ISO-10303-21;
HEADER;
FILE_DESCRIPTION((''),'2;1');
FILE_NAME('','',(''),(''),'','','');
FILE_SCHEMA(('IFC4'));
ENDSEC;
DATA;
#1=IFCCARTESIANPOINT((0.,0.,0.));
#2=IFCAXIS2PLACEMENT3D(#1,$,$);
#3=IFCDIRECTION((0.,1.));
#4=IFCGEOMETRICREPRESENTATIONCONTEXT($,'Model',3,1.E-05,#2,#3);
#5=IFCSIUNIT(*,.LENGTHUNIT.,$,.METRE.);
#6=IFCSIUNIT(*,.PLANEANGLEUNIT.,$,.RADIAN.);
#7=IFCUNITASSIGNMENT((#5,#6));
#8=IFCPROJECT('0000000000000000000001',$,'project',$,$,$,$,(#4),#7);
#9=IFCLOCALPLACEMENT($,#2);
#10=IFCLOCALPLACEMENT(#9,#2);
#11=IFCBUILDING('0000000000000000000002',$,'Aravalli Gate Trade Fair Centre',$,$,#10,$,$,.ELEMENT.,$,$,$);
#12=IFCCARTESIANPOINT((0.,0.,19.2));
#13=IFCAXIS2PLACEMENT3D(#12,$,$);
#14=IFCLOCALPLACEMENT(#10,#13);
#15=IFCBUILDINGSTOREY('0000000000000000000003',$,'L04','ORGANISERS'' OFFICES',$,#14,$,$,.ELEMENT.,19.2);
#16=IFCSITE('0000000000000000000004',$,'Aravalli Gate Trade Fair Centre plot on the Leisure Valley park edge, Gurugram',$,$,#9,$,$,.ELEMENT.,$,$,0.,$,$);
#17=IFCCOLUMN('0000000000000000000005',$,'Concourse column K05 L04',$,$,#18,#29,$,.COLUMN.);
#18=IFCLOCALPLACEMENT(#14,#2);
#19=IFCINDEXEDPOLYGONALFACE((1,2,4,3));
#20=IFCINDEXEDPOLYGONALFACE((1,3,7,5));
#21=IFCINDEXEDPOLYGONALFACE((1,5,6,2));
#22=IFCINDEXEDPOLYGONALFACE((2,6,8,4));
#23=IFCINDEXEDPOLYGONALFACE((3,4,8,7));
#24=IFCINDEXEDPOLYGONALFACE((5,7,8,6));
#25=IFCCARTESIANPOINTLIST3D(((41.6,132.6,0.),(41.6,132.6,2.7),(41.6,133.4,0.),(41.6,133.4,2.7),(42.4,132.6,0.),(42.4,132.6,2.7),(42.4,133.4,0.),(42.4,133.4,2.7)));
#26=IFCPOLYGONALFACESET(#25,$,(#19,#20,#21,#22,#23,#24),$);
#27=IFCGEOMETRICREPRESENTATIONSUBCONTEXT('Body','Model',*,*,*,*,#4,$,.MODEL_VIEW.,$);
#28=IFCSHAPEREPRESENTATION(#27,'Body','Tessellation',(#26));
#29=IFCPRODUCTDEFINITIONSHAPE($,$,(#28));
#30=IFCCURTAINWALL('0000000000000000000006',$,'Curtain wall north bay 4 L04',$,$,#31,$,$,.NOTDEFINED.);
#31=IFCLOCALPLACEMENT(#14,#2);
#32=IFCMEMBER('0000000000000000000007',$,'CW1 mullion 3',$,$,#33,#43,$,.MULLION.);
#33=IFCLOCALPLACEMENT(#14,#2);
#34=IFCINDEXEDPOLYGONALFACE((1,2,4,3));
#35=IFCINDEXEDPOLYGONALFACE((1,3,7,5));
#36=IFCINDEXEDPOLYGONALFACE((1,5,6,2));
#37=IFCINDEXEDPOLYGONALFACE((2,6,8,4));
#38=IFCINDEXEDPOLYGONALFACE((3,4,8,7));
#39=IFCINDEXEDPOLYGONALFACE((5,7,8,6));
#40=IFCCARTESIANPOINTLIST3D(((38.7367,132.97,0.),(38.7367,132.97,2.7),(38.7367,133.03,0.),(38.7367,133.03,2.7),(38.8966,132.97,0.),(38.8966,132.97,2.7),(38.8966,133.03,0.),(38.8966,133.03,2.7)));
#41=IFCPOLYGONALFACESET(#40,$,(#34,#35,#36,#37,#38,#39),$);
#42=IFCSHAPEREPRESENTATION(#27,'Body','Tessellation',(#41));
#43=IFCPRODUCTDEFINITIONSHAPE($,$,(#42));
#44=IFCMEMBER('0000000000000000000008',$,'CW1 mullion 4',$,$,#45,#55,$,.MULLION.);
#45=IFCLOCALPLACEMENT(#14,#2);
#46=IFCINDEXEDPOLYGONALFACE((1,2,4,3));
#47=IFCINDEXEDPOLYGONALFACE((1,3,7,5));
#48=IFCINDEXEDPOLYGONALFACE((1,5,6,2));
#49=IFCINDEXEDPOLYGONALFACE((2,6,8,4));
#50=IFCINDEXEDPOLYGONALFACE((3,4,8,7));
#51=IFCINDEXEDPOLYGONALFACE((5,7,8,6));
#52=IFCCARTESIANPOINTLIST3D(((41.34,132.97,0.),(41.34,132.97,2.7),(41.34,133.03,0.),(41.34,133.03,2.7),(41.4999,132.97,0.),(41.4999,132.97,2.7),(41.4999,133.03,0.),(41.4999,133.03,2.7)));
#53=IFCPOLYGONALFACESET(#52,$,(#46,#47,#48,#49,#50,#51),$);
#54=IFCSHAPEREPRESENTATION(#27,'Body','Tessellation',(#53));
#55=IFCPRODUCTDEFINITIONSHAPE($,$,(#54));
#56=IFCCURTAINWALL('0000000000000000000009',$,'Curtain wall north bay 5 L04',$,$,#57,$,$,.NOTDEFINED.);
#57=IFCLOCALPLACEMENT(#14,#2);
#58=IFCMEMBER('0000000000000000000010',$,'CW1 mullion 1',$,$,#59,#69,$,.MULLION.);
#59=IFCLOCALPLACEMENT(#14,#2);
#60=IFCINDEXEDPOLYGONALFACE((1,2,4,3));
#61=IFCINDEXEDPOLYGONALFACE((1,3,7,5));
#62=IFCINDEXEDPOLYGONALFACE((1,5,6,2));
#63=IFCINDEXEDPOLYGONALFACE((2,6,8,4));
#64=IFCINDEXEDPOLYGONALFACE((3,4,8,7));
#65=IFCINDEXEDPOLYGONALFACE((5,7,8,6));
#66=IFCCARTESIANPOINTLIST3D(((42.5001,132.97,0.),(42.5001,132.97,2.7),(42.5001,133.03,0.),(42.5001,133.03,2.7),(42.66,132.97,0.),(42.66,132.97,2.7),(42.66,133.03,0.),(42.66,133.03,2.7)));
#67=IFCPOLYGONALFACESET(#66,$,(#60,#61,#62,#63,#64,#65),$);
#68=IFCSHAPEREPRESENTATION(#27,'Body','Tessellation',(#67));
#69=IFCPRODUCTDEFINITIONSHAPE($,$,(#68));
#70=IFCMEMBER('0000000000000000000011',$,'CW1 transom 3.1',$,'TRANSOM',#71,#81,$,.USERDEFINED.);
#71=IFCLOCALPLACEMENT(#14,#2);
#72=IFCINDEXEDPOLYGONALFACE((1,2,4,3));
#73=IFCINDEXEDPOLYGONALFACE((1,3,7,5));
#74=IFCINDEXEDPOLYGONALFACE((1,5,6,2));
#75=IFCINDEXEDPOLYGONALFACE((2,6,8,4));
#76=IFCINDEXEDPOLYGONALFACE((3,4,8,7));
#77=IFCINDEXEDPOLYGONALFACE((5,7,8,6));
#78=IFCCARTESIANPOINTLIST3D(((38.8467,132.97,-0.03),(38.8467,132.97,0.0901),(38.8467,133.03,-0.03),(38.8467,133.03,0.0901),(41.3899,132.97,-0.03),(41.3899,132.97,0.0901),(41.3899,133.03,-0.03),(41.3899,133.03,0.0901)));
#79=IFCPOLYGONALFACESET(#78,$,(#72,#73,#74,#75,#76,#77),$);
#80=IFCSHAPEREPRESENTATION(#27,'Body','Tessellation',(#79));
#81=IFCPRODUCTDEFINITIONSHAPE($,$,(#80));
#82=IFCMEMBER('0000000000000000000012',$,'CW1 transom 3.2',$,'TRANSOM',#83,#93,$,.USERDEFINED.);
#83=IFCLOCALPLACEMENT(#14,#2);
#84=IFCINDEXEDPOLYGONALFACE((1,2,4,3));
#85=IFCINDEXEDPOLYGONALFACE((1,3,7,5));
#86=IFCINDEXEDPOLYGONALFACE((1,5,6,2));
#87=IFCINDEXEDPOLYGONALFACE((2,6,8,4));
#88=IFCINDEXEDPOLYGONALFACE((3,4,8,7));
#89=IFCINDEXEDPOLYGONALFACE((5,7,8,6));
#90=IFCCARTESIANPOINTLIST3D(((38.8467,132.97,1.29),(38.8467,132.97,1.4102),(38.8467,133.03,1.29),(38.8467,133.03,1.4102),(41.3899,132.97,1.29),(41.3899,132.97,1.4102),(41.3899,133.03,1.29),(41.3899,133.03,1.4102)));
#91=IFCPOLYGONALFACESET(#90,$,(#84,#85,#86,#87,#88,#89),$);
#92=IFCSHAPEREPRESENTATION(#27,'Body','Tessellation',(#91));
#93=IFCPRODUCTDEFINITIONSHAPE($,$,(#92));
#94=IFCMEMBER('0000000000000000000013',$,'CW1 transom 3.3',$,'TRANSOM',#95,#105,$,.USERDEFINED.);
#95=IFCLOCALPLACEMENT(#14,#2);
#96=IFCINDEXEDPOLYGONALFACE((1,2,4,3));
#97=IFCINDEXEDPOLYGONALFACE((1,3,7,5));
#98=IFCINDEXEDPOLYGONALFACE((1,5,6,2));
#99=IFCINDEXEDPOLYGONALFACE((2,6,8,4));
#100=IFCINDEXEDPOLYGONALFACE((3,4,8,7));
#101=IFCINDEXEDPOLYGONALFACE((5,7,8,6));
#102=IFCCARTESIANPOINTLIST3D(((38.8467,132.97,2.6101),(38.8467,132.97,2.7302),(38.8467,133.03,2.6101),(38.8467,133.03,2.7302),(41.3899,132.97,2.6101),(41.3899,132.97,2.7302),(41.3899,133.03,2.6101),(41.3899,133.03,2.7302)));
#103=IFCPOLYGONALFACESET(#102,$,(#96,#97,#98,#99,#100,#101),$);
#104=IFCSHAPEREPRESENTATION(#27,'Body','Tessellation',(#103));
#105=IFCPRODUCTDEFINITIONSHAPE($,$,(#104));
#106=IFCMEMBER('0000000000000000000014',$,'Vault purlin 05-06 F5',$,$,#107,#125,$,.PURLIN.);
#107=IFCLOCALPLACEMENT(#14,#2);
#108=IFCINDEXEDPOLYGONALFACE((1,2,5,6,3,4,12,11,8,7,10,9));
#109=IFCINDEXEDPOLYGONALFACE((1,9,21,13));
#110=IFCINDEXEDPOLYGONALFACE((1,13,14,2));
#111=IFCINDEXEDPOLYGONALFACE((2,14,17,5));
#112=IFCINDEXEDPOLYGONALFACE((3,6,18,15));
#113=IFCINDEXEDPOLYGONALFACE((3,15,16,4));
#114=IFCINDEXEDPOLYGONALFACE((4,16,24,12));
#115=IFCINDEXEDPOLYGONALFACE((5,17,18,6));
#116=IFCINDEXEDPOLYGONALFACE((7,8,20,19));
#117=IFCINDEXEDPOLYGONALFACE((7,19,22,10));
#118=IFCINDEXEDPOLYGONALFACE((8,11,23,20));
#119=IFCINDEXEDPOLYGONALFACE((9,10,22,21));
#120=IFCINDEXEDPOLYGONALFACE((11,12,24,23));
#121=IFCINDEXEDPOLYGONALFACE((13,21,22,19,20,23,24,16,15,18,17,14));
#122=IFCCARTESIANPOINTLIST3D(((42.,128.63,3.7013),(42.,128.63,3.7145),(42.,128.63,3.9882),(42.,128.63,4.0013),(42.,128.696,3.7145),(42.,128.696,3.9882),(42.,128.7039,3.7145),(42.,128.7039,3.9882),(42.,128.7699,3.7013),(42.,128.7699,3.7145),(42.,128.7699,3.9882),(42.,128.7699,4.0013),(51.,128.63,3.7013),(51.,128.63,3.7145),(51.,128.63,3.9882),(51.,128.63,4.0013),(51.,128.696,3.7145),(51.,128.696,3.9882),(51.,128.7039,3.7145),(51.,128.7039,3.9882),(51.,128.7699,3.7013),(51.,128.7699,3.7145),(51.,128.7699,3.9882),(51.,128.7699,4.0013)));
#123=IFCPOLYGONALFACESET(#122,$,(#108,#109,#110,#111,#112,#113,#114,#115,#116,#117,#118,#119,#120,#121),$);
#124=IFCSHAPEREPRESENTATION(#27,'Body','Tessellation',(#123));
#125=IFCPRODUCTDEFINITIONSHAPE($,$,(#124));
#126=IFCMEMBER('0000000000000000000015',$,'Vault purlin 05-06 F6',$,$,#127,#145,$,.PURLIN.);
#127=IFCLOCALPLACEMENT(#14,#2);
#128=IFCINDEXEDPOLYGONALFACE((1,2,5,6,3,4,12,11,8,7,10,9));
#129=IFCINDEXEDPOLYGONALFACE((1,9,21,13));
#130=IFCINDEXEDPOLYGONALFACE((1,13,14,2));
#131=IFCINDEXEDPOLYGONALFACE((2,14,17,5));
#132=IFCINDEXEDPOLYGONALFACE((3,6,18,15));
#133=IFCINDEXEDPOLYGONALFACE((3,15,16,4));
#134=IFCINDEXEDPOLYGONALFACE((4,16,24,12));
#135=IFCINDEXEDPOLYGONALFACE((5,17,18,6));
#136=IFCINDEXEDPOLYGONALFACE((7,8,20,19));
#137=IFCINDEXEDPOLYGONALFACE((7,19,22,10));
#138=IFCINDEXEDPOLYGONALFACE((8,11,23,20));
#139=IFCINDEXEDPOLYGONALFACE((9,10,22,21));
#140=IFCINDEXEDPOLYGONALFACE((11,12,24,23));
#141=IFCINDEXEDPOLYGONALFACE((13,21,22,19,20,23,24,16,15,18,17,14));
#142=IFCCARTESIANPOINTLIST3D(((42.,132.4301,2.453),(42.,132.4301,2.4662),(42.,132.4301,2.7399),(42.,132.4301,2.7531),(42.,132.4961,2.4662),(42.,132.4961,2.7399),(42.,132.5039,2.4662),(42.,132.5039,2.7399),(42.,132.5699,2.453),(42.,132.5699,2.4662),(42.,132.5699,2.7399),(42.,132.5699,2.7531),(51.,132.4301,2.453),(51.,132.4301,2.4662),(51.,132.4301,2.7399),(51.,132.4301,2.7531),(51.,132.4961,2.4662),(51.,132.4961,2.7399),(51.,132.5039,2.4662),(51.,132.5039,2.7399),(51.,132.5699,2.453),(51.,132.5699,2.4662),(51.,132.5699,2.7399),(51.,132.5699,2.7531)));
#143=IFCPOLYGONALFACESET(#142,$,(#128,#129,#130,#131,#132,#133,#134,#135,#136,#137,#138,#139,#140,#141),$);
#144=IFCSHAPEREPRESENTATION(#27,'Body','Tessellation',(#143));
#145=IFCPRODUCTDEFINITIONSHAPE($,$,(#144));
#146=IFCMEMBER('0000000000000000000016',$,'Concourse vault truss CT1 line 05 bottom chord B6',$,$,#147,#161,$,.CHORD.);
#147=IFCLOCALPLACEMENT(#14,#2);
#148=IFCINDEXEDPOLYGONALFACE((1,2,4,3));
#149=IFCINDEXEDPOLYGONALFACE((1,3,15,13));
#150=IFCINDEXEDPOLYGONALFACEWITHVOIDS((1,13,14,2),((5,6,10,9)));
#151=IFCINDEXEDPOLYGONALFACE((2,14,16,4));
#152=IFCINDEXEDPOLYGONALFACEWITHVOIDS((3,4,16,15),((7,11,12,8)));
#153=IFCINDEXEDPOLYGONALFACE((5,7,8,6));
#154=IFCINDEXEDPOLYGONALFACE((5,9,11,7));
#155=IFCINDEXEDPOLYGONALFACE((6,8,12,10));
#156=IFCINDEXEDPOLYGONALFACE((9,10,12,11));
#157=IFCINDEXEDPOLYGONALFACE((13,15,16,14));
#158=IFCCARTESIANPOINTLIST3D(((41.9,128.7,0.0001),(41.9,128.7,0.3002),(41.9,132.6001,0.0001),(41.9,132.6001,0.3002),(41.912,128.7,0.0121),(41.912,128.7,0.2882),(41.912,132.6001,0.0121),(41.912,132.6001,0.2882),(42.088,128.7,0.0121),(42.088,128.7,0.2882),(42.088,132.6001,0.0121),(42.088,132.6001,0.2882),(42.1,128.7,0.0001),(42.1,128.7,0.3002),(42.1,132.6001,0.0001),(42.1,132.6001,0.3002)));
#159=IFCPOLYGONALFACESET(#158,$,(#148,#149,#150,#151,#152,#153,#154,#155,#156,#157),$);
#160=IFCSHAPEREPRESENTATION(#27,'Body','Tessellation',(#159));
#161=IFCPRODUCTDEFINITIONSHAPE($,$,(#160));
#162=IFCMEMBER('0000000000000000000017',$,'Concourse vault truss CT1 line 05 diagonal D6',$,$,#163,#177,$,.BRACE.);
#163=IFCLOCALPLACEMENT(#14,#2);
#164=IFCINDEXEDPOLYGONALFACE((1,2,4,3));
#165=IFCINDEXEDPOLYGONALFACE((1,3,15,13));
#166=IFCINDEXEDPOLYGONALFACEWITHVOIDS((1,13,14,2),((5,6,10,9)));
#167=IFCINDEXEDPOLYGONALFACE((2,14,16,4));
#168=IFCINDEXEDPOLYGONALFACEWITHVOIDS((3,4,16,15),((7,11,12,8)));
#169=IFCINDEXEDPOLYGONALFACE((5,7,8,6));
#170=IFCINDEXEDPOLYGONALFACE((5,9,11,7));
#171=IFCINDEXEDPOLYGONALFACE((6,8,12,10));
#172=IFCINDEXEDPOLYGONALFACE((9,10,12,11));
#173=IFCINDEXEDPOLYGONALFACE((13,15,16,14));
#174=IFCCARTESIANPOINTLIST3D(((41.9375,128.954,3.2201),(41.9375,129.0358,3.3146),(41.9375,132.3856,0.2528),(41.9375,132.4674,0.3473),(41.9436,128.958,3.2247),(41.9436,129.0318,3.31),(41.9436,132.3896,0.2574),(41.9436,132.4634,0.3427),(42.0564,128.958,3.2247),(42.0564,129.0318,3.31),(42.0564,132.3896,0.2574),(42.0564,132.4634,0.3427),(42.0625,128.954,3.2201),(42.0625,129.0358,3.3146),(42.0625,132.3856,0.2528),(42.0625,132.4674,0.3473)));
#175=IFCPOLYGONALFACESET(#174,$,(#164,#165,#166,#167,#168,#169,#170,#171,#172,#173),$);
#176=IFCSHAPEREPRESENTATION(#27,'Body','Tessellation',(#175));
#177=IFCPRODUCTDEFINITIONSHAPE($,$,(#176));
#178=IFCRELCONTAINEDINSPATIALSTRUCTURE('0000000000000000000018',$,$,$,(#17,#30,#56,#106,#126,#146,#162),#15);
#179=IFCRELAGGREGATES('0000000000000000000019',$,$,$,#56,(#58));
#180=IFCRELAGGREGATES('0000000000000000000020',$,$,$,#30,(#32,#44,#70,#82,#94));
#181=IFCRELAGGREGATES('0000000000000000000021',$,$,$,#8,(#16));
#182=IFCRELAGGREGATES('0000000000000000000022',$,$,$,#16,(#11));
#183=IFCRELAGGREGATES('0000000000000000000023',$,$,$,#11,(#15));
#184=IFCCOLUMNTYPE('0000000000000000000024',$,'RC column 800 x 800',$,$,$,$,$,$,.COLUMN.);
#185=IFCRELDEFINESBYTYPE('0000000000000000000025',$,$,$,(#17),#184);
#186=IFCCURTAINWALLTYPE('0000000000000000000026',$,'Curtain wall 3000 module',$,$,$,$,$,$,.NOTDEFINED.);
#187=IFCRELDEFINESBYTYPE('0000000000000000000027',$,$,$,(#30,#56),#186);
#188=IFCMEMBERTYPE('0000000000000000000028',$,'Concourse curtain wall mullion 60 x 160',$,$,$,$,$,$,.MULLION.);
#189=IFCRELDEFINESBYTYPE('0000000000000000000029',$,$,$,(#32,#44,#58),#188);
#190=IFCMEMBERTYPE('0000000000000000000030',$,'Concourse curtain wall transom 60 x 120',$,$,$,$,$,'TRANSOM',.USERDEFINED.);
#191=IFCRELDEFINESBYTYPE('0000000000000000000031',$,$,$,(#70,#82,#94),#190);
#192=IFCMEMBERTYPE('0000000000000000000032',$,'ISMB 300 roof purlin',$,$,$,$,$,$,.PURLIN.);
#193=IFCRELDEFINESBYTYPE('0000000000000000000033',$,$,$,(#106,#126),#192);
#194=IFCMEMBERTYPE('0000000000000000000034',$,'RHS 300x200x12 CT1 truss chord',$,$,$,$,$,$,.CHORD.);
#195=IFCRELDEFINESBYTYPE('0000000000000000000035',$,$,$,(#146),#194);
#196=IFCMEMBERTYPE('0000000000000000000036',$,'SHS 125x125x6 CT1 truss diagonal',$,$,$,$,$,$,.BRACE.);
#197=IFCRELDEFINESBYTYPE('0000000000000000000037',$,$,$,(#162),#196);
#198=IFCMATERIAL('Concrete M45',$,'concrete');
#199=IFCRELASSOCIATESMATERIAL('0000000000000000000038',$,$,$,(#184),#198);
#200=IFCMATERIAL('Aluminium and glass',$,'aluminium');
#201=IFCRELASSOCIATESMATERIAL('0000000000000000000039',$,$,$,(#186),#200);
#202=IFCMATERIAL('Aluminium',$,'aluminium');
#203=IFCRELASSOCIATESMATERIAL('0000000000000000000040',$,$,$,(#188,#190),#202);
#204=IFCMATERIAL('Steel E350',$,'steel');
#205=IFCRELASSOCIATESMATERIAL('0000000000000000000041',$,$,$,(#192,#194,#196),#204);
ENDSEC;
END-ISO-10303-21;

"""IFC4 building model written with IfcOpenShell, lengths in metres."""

from ifc_helpers import new_model, si_unit, direction, frame, origin, origin_2d, place, context, subcontext, project, spatial, rectangle, hollow_rectangle, i_section, extrude, material, material_profile, profile_set, type_object, element, aggregate, save


model = new_model("IFC4")

# Units and contexts
model_context = context("Model", 3, precision=1e-05, world=origin(), true_north=direction((0.0, 1.0)))
body_context = subcontext(model_context, "Body", "Model", "MODEL_VIEW")
ifc_project = project(units=[si_unit("LENGTHUNIT", "METRE"), si_unit("PLANEANGLEUNIT", "RADIAN")], contexts=[model_context])

# Site, building, storey
site_placement = place(None, origin())
site = spatial("IfcSite", under=ifc_project, at=site_placement, Name="Aravalli Gate Trade Fair Centre plot on the Leisure Valley park edge, Gurugram", CompositionType="ELEMENT", RefElevation=0.0)
building_placement = place(site_placement, origin())
building = spatial("IfcBuilding", under=site, at=building_placement, Name="Aravalli Gate Trade Fair Centre", CompositionType="ELEMENT")
storey_placement = place(building_placement, frame((0.0, 0.0, 19.2)))
storey = spatial("IfcBuildingStorey", under=building, at=storey_placement, Name="L04", Description="ORGANISERS' OFFICES", CompositionType="ELEMENT", Elevation=19.2)

# Column
ifc_material_1 = material(Name="Concrete M45", Category="concrete")
ifc_material_profile_1 = material_profile(ifc_material_1, rectangle(XDim=0.8, YDim=0.8, at=origin_2d()), Name="RC column 800 x 800")
ifc_profile_set_1 = profile_set([ifc_material_profile_1], Name="Concrete M45")
column_type = type_object("IfcColumnType", Name="RC column 800 x 800", PredefinedType="COLUMN", material=ifc_profile_set_1)
column_placement = place(storey_placement, frame((42.0, 133.0, 0.0), z_axis=(0.0, 0.0, 1.0), x_axis=(1.0, 0.0, 0.0)))
element("IfcColumn", 1, at=column_placement, inside=storey, type_object=column_type, Name="Concourse column K05 L04", PredefinedType="COLUMN", context=body_context, shape_type="SweptSolid", body=[
    extrude(rectangle(XDim=0.8, YDim=0.8, at=origin_2d()), origin(), (0.0, 0.0, 1.0), 2.7),
])

# Curtain wall, members
ifc_material_2 = material(Name="Aluminium and glass", Category="aluminium")
curtain_wall_type_1 = type_object("IfcCurtainWallType", Name="Curtain wall 3000 module", PredefinedType="NOTDEFINED", material=ifc_material_2)
curtain_wall_1_placement = place(storey_placement, origin())
curtain_wall_1 = element("IfcCurtainWall", 2, at=curtain_wall_1_placement, inside=storey, type_object=curtain_wall_type_1, Name="Curtain wall north bay 4 L04", PredefinedType="NOTDEFINED")
ifc_material_3 = material(Name="Aluminium", Category="aluminium")
ifc_material_profile_2 = material_profile(ifc_material_3, rectangle(XDim=0.0601, YDim=0.1599, at=origin_2d()), Name="Concourse curtain wall mullion 60 x 160")
ifc_profile_set_2 = profile_set([ifc_material_profile_2], Name="Aluminium")
member_type_1 = type_object("IfcMemberType", Name="Concourse curtain wall mullion 60 x 160", PredefinedType="MULLION", material=ifc_profile_set_2)
member_1_placement = place(storey_placement, frame((38.8167, 133.0, 0.0), z_axis=(0.0, 0.0, 1.0), x_axis=(0.0, 1.0, 0.0)))
member_1 = element("IfcMember", 3, at=member_1_placement, type_object=member_type_1, Name="CW1 mullion 3", PredefinedType="MULLION", context=body_context, shape_type="SweptSolid", body=[
    extrude(rectangle(XDim=0.0601, YDim=0.1599, at=origin_2d()), origin(), (0.0, 0.0, 1.0), 2.7),
])
member_2_placement = place(storey_placement, frame((41.4199, 133.0, 0.0), z_axis=(0.0, 0.0, 1.0), x_axis=(0.0, 1.0, 0.0)))
member_2 = element("IfcMember", 4, at=member_2_placement, type_object=member_type_1, Name="CW1 mullion 4", PredefinedType="MULLION", context=body_context, shape_type="SweptSolid", body=[
    extrude(rectangle(XDim=0.0601, YDim=0.1599, at=origin_2d()), origin(), (0.0, 0.0, 1.0), 2.7),
])

# Curtain wall, member
curtain_wall_2_placement = place(storey_placement, origin())
curtain_wall_2 = element("IfcCurtainWall", 5, at=curtain_wall_2_placement, inside=storey, type_object=curtain_wall_type_1, Name="Curtain wall north bay 5 L04", PredefinedType="NOTDEFINED")
member_3_placement = place(storey_placement, frame((42.5801, 133.0, 0.0), z_axis=(0.0, 0.0, 1.0), x_axis=(0.0, 1.0, 0.0)))
member_3 = element("IfcMember", 6, at=member_3_placement, type_object=member_type_1, Name="CW1 mullion 1", PredefinedType="MULLION", context=body_context, shape_type="SweptSolid", body=[
    extrude(rectangle(XDim=0.0601, YDim=0.1599, at=origin_2d()), origin(), (0.0, 0.0, 1.0), 2.7),
])
aggregate(curtain_wall_2, [member_3])

# Members
ifc_material_profile_3 = material_profile(ifc_material_3, rectangle(XDim=0.0601, YDim=0.1201, at=origin_2d()), Name="Concourse curtain wall transom 60 x 120")
ifc_profile_set_3 = profile_set([ifc_material_profile_3], Name="Aluminium")
member_type_2 = type_object("IfcMemberType", Name="Concourse curtain wall transom 60 x 120", ElementType="TRANSOM", PredefinedType="USERDEFINED", material=ifc_profile_set_3)
member_4_placement = place(storey_placement, frame((38.8467, 133.0, 0.03), z_axis=(1.0, 0.0, 0.0), x_axis=(0.0, 1.0, 0.0)))
member_4 = element("IfcMember", 7, at=member_4_placement, type_object=member_type_2, Name="CW1 transom 3.1", ObjectType="TRANSOM", PredefinedType="USERDEFINED", context=body_context, shape_type="SweptSolid", body=[
    extrude(rectangle(XDim=0.0601, YDim=0.1201, at=origin_2d()), origin(), (0.0, 0.0, 1.0), 2.5432),
])
member_5_placement = place(storey_placement, frame((38.8467, 133.0, 1.3501), z_axis=(1.0, 0.0, 0.0), x_axis=(0.0, 1.0, 0.0)))
member_5 = element("IfcMember", 8, at=member_5_placement, type_object=member_type_2, Name="CW1 transom 3.2", ObjectType="TRANSOM", PredefinedType="USERDEFINED", context=body_context, shape_type="SweptSolid", body=[
    extrude(rectangle(XDim=0.0601, YDim=0.1201, at=origin_2d()), origin(), (0.0, 0.0, 1.0), 2.5432),
])
member_6_placement = place(storey_placement, frame((38.8467, 133.0, 2.6702), z_axis=(1.0, 0.0, 0.0), x_axis=(0.0, 1.0, 0.0)))
member_6 = element("IfcMember", 9, at=member_6_placement, type_object=member_type_2, Name="CW1 transom 3.3", ObjectType="TRANSOM", PredefinedType="USERDEFINED", context=body_context, shape_type="SweptSolid", body=[
    extrude(rectangle(XDim=0.0601, YDim=0.1201, at=origin_2d()), origin(), (0.0, 0.0, 1.0), 2.5432),
])

# Members
ifc_material_4 = material(Name="Steel E350", Category="steel")
ifc_material_profile_4 = material_profile(ifc_material_4, i_section(OverallWidth=0.1399, OverallDepth=0.3, WebThickness=0.0078, FlangeThickness=0.0132, at=origin_2d()), Name="ISMB 300")
ifc_profile_set_4 = profile_set([ifc_material_profile_4], Name="Steel E350")
member_type_3 = type_object("IfcMemberType", Name="ISMB 300 roof purlin", PredefinedType="PURLIN", material=ifc_profile_set_4)
for number, where, z_axis, x_axis, name in (
    (10, (42.0, 128.7, 3.8513), (1.0, 0.0, 0.0), (0.0, 1.0, 0.0), "Vault purlin 05-06 F5"),
    (11, (42.0, 132.5, 2.603), (1.0, 0.0, 0.0), (0.0, 1.0, 0.0), "Vault purlin 05-06 F6"),
):
    element("IfcMember", number, at=place(storey_placement, frame(where, z_axis=z_axis, x_axis=x_axis)), inside=storey, type_object=member_type_3, Name=name, PredefinedType="PURLIN", context=body_context, shape_type="SweptSolid", body=[
        extrude(i_section(OverallWidth=0.1399, OverallDepth=0.3, WebThickness=0.0078, FlangeThickness=0.0132, at=origin_2d()), origin(), (0.0, 0.0, 1.0), 9.0),
    ])
ifc_material_profile_5 = material_profile(ifc_material_4, hollow_rectangle(XDim=0.2, YDim=0.3, WallThickness=0.012, at=origin_2d()), Name="RHS 300x200x12")
ifc_profile_set_5 = profile_set([ifc_material_profile_5], Name="Steel E350")
member_type_4 = type_object("IfcMemberType", Name="RHS 300x200x12 CT1 truss chord", PredefinedType="CHORD", material=ifc_profile_set_5)
member_7_placement = place(storey_placement, frame((42.0, 128.7, 0.1501), z_axis=(0.0, 1.0, 0.0), x_axis=(-1.0, 0.0, 0.0)))
element("IfcMember", 12, at=member_7_placement, inside=storey, type_object=member_type_4, Name="Concourse vault truss CT1 line 05 bottom chord B6", PredefinedType="CHORD", context=body_context, shape_type="SweptSolid", body=[
    extrude(hollow_rectangle(XDim=0.2, YDim=0.3, WallThickness=0.012, at=origin_2d()), origin(), (0.0, 0.0, 1.0), 3.9001),
])
ifc_material_profile_6 = material_profile(ifc_material_4, hollow_rectangle(XDim=0.125, YDim=0.125, WallThickness=0.0061, at=origin_2d()), Name="SHS 125x125x6")
ifc_profile_set_6 = profile_set([ifc_material_profile_6], Name="Steel E350")
member_type_5 = type_object("IfcMemberType", Name="SHS 125x125x6 CT1 truss diagonal", PredefinedType="BRACE", material=ifc_profile_set_6)
member_8_placement = place(storey_placement, frame((42.0, 128.9949, 3.2673), z_axis=(0.0, 0.756431, -0.654074), x_axis=(-1.0, 0.0, 0.0)))
element("IfcMember", 13, at=member_8_placement, inside=storey, type_object=member_type_5, Name="Concourse vault truss CT1 line 05 diagonal D6", PredefinedType="BRACE", context=body_context, shape_type="SweptSolid", body=[
    extrude(hollow_rectangle(XDim=0.125, YDim=0.125, WallThickness=0.0061, at=origin_2d()), origin(), (0.0, 0.0, 1.0), 4.5366),
])

aggregate(curtain_wall_1, [member_1, member_2, member_4, member_5, member_6])

save(model, "model.ifc")
